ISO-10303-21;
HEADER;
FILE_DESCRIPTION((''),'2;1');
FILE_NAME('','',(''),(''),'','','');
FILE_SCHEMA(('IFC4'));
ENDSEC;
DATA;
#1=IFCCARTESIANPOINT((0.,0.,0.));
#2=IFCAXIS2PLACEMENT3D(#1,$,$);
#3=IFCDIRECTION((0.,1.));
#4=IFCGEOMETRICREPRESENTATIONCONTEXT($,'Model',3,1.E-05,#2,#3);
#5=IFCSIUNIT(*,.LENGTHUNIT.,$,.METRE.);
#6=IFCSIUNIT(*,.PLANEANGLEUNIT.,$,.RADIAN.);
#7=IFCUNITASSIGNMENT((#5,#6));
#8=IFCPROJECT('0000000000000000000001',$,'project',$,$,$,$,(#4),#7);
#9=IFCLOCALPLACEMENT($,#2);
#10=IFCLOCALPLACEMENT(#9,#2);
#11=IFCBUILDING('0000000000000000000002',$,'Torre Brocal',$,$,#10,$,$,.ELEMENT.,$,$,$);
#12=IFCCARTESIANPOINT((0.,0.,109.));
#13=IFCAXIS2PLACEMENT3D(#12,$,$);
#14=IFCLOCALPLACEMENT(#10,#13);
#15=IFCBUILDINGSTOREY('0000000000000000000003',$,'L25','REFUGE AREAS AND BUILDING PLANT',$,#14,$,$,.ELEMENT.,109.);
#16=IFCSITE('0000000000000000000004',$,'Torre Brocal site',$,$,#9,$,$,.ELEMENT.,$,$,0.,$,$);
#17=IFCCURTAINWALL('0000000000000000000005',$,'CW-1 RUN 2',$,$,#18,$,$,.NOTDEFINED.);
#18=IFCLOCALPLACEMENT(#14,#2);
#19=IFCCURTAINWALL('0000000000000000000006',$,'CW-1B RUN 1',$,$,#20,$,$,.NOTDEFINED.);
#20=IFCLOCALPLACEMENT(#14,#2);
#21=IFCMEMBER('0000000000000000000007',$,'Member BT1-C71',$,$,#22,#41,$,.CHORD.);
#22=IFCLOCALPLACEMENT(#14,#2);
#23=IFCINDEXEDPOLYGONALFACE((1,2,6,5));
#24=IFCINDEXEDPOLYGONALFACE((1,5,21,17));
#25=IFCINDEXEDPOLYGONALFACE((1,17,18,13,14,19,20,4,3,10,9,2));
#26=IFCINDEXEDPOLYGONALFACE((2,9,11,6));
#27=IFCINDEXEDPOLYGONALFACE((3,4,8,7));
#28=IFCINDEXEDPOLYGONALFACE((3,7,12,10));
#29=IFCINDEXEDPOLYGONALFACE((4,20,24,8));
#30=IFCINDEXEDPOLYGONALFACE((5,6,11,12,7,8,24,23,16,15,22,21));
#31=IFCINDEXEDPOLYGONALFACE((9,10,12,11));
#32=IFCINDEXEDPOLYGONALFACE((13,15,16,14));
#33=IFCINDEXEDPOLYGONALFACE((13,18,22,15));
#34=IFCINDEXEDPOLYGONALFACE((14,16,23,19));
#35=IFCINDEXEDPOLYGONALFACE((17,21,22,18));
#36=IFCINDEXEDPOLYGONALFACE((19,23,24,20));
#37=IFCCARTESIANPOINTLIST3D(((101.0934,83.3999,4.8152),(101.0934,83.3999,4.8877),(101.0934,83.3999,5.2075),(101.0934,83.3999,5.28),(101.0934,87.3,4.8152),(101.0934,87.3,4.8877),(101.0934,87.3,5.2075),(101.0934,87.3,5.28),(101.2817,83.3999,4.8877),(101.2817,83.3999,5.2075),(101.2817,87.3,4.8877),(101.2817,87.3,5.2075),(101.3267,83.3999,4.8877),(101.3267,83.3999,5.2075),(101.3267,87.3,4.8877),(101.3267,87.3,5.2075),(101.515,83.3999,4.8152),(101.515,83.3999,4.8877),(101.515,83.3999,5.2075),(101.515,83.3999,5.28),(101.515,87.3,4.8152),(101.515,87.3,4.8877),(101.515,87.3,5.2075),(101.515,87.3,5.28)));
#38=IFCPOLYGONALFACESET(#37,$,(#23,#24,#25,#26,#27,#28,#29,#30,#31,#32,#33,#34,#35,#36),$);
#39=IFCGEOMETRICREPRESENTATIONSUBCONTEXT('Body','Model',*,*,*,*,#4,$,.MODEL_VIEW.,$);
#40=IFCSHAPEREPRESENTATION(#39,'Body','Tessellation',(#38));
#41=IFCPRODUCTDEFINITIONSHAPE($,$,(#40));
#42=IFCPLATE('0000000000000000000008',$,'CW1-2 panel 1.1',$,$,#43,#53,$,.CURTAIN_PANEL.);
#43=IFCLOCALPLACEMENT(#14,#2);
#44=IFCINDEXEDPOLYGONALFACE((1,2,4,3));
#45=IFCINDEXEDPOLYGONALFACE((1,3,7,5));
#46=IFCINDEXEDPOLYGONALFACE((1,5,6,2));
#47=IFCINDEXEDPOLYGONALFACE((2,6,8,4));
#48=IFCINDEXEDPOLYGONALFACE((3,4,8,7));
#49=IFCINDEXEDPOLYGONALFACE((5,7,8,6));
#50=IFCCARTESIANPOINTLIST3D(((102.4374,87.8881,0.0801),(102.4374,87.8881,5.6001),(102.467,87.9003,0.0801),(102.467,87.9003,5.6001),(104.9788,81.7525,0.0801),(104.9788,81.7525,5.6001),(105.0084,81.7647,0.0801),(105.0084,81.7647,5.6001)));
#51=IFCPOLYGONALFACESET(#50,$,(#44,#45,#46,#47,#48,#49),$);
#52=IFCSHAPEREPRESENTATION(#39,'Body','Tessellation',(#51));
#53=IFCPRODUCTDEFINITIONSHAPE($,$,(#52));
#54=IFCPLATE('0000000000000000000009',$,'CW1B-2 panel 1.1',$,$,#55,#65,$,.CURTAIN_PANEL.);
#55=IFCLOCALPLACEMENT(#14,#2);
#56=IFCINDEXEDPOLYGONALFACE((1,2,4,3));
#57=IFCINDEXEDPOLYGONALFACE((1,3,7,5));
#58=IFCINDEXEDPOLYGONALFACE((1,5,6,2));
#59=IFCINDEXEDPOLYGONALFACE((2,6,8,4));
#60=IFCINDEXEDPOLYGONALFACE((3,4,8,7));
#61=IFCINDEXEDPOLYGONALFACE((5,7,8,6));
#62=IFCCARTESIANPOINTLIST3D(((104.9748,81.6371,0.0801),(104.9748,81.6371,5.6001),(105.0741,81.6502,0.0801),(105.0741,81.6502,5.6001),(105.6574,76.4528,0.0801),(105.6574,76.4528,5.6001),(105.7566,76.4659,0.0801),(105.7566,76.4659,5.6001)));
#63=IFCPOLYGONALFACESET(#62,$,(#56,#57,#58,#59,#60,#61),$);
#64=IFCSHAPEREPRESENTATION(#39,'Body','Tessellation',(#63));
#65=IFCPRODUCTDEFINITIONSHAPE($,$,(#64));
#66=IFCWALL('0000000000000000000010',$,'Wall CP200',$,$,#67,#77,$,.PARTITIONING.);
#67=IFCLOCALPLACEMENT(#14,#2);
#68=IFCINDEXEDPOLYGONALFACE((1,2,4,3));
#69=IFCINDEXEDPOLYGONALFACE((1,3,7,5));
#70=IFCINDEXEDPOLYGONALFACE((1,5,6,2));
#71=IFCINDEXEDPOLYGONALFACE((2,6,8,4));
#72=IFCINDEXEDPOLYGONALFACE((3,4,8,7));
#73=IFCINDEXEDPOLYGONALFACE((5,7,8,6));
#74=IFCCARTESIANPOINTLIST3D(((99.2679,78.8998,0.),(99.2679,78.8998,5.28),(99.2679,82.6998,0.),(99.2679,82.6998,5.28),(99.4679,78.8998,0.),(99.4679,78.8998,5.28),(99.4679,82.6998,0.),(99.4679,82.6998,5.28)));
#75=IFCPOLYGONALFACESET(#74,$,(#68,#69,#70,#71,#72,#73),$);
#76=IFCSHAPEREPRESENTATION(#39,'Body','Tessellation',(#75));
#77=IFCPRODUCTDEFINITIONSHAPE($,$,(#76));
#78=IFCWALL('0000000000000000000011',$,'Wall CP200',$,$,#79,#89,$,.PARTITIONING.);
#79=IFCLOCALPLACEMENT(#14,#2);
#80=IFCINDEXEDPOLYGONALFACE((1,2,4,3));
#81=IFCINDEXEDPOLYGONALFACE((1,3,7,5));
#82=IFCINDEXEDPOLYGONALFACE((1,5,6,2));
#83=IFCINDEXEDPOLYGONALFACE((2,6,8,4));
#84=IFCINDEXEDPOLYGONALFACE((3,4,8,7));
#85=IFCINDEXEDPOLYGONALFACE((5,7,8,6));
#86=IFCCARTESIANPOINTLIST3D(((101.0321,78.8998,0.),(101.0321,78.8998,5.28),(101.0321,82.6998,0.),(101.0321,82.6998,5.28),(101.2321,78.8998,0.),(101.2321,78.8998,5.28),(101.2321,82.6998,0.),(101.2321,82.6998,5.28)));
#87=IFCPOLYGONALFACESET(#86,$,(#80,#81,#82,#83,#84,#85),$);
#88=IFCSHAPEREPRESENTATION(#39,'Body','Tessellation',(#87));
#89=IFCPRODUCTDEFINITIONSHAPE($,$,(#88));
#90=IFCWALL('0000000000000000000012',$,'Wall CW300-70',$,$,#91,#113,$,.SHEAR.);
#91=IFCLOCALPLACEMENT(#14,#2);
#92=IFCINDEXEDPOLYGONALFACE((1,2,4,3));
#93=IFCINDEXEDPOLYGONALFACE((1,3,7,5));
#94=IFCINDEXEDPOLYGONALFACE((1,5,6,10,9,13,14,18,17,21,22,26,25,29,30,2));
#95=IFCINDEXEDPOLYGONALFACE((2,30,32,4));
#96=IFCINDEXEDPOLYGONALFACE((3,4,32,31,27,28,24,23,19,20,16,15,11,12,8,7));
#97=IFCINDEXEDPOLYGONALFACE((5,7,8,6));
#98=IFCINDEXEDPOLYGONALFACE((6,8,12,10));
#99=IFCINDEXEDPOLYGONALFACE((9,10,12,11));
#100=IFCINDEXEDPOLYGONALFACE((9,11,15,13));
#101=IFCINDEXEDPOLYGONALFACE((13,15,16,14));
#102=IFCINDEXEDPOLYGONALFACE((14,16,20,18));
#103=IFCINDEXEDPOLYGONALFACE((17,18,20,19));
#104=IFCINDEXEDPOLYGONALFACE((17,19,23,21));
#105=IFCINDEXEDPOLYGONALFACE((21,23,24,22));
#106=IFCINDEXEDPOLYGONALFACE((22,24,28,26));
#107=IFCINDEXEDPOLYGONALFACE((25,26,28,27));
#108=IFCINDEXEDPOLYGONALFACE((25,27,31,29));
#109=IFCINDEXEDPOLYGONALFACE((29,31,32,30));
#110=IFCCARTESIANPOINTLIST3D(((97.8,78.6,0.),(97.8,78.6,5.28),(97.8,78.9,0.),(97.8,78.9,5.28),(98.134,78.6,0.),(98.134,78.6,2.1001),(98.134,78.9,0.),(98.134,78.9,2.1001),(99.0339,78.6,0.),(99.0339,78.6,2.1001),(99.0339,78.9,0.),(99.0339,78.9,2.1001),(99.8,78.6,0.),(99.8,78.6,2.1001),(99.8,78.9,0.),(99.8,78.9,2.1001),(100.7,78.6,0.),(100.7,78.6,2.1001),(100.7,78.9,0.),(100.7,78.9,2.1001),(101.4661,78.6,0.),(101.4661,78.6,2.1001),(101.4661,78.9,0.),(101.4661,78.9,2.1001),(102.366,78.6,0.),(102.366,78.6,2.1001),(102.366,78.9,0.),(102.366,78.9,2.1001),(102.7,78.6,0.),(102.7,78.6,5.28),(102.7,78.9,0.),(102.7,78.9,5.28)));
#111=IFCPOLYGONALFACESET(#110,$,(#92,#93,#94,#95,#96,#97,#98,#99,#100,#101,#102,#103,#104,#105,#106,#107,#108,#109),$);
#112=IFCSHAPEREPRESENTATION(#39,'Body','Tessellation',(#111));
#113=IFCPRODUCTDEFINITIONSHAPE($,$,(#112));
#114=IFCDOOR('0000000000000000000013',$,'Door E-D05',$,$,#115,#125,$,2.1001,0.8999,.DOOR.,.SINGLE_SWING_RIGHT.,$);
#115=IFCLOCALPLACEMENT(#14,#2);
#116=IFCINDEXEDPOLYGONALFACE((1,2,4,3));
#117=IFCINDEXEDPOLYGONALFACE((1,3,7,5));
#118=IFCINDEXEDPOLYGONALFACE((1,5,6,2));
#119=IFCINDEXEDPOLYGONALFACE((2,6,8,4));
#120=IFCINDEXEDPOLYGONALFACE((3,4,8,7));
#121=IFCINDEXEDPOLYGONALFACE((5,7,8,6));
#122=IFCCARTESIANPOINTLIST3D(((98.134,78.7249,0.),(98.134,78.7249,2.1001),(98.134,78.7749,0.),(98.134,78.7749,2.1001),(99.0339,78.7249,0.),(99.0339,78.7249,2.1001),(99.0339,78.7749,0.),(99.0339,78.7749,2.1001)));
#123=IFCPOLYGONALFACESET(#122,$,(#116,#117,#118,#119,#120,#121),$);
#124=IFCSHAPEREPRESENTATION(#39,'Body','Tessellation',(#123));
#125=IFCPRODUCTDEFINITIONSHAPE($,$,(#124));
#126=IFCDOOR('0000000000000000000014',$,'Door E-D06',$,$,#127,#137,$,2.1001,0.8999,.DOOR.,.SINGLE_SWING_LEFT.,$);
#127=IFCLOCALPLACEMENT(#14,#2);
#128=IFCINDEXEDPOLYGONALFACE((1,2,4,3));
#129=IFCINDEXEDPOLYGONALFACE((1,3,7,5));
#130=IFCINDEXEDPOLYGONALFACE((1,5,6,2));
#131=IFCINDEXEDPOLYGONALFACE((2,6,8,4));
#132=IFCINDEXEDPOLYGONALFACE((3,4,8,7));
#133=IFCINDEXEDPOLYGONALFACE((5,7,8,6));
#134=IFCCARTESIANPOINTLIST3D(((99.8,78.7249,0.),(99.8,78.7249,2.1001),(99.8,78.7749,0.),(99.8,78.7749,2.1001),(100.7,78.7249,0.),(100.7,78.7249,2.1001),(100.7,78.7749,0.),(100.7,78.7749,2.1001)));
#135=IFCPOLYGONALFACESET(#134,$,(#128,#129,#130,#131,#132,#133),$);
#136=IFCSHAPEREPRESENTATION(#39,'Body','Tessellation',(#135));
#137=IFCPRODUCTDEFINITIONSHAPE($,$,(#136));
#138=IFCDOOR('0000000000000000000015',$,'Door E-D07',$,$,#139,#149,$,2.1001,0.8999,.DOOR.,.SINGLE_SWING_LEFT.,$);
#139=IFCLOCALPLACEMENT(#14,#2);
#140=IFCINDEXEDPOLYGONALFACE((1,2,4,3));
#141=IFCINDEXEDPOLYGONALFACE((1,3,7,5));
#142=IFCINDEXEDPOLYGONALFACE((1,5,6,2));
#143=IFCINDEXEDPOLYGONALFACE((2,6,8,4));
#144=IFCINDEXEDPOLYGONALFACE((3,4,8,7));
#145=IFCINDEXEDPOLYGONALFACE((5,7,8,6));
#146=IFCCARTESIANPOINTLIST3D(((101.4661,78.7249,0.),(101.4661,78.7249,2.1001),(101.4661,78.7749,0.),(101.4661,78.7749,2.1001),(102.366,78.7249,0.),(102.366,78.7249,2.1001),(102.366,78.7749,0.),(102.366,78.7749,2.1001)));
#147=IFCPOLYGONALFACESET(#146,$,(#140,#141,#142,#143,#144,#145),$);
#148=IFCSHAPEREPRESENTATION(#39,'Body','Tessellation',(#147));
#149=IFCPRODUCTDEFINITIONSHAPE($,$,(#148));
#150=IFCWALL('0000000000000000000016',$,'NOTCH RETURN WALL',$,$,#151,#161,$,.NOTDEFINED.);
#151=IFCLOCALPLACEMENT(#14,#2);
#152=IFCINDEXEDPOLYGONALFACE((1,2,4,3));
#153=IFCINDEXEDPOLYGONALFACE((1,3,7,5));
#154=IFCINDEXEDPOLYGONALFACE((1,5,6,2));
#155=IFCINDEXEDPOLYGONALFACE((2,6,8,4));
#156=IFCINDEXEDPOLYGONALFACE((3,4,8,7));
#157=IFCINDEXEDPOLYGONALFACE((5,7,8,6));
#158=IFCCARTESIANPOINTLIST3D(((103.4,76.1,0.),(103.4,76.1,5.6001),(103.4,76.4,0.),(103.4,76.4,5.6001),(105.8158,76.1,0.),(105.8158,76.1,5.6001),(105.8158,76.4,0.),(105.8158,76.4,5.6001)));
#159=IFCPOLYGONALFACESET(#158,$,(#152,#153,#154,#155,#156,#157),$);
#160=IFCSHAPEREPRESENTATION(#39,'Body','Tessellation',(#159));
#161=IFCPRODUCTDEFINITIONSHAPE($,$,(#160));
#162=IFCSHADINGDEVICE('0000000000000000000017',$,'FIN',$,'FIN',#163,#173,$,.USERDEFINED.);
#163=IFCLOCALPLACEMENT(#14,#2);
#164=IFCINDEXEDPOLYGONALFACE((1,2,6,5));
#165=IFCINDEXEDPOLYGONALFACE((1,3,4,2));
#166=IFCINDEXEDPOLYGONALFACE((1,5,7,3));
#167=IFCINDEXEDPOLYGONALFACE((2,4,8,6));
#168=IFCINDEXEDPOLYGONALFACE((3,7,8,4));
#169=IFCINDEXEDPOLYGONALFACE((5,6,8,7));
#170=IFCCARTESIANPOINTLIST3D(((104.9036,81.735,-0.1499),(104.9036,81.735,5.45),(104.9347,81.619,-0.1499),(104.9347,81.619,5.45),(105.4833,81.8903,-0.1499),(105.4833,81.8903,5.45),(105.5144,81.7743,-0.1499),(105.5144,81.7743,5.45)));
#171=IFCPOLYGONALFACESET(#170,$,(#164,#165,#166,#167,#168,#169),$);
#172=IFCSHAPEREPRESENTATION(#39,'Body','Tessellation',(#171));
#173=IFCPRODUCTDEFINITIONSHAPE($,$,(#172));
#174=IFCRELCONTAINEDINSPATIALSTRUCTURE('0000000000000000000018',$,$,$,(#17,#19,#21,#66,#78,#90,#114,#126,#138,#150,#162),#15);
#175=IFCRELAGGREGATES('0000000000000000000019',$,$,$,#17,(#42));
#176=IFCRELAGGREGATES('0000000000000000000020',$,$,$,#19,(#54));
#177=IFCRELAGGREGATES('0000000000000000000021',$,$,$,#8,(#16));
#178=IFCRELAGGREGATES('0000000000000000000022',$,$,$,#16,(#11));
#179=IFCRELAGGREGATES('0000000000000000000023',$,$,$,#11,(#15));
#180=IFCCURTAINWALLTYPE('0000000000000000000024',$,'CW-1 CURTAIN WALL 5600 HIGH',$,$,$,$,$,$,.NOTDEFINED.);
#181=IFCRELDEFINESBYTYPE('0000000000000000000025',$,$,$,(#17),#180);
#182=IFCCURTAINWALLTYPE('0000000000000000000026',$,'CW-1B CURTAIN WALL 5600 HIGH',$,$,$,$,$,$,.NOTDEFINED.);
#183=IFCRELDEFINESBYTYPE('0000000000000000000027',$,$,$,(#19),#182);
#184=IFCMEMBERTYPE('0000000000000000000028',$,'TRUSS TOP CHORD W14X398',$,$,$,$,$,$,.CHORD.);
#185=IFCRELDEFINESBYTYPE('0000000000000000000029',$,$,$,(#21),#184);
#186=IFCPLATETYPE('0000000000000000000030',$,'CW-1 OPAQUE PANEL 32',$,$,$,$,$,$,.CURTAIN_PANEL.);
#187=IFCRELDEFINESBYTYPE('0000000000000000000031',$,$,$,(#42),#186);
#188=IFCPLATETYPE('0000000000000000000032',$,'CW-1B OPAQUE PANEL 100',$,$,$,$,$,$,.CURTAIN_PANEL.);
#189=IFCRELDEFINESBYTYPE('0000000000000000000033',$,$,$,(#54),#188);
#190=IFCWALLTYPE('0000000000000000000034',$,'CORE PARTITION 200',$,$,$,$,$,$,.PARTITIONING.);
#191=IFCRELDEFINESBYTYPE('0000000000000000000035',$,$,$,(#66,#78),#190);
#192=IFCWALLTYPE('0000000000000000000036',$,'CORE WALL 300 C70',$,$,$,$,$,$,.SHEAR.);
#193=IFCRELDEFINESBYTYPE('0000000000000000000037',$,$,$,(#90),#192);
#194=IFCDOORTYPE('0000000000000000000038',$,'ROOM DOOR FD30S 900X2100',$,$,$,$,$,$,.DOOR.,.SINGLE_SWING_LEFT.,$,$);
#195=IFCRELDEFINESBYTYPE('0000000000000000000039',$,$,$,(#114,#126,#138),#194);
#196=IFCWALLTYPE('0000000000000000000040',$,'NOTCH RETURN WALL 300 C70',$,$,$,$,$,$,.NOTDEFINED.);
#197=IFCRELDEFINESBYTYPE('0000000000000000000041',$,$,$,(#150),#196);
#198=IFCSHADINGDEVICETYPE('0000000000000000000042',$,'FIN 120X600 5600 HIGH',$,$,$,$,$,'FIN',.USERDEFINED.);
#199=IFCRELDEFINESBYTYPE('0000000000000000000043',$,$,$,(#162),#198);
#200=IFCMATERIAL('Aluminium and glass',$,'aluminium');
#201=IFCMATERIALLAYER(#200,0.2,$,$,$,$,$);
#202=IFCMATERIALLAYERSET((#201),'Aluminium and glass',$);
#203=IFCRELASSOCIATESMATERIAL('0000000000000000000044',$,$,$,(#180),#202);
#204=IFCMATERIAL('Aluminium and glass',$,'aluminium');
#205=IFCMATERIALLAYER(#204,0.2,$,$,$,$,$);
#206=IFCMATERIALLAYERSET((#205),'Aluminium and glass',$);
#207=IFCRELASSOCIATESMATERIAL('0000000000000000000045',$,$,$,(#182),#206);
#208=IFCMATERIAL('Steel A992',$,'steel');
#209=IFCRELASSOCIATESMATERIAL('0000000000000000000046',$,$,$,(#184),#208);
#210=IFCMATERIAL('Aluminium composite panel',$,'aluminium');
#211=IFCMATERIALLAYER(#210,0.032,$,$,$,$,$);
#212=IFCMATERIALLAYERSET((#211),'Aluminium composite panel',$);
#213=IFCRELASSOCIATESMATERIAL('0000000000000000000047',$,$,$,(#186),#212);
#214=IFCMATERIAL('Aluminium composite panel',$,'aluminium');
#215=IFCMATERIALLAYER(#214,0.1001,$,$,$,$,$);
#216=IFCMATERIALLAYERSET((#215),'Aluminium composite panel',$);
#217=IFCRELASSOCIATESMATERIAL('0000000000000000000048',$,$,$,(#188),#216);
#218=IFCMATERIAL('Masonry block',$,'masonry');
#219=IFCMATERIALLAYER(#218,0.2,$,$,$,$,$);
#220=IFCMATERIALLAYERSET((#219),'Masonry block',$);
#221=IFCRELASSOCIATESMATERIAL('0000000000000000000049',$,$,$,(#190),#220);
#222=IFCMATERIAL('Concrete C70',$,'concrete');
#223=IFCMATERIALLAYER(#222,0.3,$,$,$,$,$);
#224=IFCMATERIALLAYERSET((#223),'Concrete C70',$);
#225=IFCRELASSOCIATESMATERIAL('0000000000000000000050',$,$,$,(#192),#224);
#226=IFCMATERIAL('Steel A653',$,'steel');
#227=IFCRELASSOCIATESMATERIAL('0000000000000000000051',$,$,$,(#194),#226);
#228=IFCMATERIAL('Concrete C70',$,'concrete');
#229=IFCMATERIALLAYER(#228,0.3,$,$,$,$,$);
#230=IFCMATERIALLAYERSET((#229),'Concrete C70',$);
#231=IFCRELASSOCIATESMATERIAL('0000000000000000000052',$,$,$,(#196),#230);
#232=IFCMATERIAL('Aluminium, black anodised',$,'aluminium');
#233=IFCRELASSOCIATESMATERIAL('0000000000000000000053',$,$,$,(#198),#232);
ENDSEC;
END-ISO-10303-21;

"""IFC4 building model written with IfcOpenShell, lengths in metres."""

from ifc_helpers import new_model, si_unit, direction, frame, frame_2d, origin, origin_2d, place, context, subcontext, project, spatial, rectangle, i_section, extrude, material, layer, layer_set, material_profile, profile_set, type_object, element, fill, aggregate, save


model = new_model("IFC4")

# Units and contexts
model_context = context("Model", 3, precision=1e-05, world=origin(), true_north=direction((0.0, 1.0)))
body_context = subcontext(model_context, "Body", "Model", "MODEL_VIEW")
ifc_project = project(units=[si_unit("LENGTHUNIT", "METRE"), si_unit("PLANEANGLEUNIT", "RADIAN")], contexts=[model_context])

# Site, building, storey
site_placement = place(None, origin())
site = spatial("IfcSite", under=ifc_project, at=site_placement, Name="Torre Brocal site", CompositionType="ELEMENT", RefElevation=0.0)
building_placement = place(site_placement, origin())
building = spatial("IfcBuilding", under=site, at=building_placement, Name="Torre Brocal", CompositionType="ELEMENT")
storey_placement = place(building_placement, frame((0.0, 0.0, 109.0)))
storey = spatial("IfcBuildingStorey", under=building, at=storey_placement, Name="L25", Description="REFUGE AREAS AND BUILDING PLANT", CompositionType="ELEMENT", Elevation=109.0)

# Curtain walls
ifc_material_1 = material(Name="Aluminium and glass", Category="aluminium")
ifc_layer_1 = layer(ifc_material_1, 0.2)
ifc_layer_set_1 = layer_set([ifc_layer_1], Name="Aluminium and glass")
curtain_wall_type_1 = type_object("IfcCurtainWallType", Name="CW-1 CURTAIN WALL 5600 HIGH", PredefinedType="NOTDEFINED", material=ifc_layer_set_1)
curtain_wall_1_placement = place(storey_placement, origin())
curtain_wall_1 = element("IfcCurtainWall", 1, at=curtain_wall_1_placement, inside=storey, type_object=curtain_wall_type_1, Name="CW-1 RUN 2", PredefinedType="NOTDEFINED")
ifc_material_2 = material(Name="Aluminium and glass", Category="aluminium")
ifc_layer_2 = layer(ifc_material_2, 0.2)
ifc_layer_set_2 = layer_set([ifc_layer_2], Name="Aluminium and glass")
curtain_wall_type_2 = type_object("IfcCurtainWallType", Name="CW-1B CURTAIN WALL 5600 HIGH", PredefinedType="NOTDEFINED", material=ifc_layer_set_2)
curtain_wall_2_placement = place(storey_placement, origin())
curtain_wall_2 = element("IfcCurtainWall", 2, at=curtain_wall_2_placement, inside=storey, type_object=curtain_wall_type_2, Name="CW-1B RUN 1", PredefinedType="NOTDEFINED")

# Member
ifc_material_3 = material(Name="Steel A992", Category="steel")
ifc_material_profile_1 = material_profile(ifc_material_3, i_section(OverallWidth=0.4216, OverallDepth=0.4648, WebThickness=0.0449, FlangeThickness=0.0725, at=origin_2d()), Name="W14X398")
ifc_profile_set_1 = profile_set([ifc_material_profile_1], Name="Steel A992")
member_type_1 = type_object("IfcMemberType", Name="TRUSS TOP CHORD W14X398", PredefinedType="CHORD", material=ifc_profile_set_1)
member_1_placement = place(storey_placement, frame((101.3042, 87.3, 5.0476), z_axis=(0.0, -1.0, 0.0), x_axis=(1.0, 0.0, 0.0)))
element("IfcMember", 3, at=member_1_placement, inside=storey, type_object=member_type_1, Name="Member BT1-C71", PredefinedType="CHORD", context=body_context, shape_type="SweptSolid", body=[
    extrude(i_section(OverallWidth=0.4216, OverallDepth=0.4648, WebThickness=0.0449, FlangeThickness=0.0725, at=origin_2d()), origin(), (0.0, 0.0, 1.0), 3.9001),
])

# Plates
ifc_material_4 = material(Name="Aluminium composite panel", Category="aluminium")
ifc_layer_3 = layer(ifc_material_4, 0.032)
ifc_layer_set_3 = layer_set([ifc_layer_3], Name="Aluminium composite panel")
plate_type_1 = type_object("IfcPlateType", Name="CW-1 OPAQUE PANEL 32", PredefinedType="CURTAIN_PANEL", material=ifc_layer_set_3)
plate_1_placement = place(storey_placement, frame((103.7229, 84.8264, 0.0801), z_axis=(0.0, 0.0, 1.0), x_axis=(-0.382683, 0.92388, 0.0)))
plate_1 = element("IfcPlate", 4, at=plate_1_placement, type_object=plate_type_1, Name="CW1-2 panel 1.1", PredefinedType="CURTAIN_PANEL", context=body_context, shape_type="SweptSolid", body=[
    extrude(rectangle(XDim=6.6411, YDim=0.032, at=origin_2d()), origin(), (0.0, 0.0, 1.0), 5.52),
])
aggregate(curtain_wall_1, [plate_1])
ifc_material_5 = material(Name="Aluminium composite panel", Category="aluminium")
ifc_layer_4 = layer(ifc_material_5, 0.1001)
ifc_layer_set_4 = layer_set([ifc_layer_4], Name="Aluminium composite panel")
plate_type_2 = type_object("IfcPlateType", Name="CW-1B OPAQUE PANEL 100", PredefinedType="CURTAIN_PANEL", material=ifc_layer_set_4)
plate_2_placement = place(storey_placement, frame((105.3657, 79.0515, 0.0801), z_axis=(0.0, 0.0, 1.0), x_axis=(-0.130526, 0.991445, 0.0)))
plate_2 = element("IfcPlate", 5, at=plate_2_placement, type_object=plate_type_2, Name="CW1B-2 panel 1.1", PredefinedType="CURTAIN_PANEL", context=body_context, shape_type="SweptSolid", body=[
    extrude(rectangle(XDim=5.229, YDim=0.1001, at=origin_2d()), origin(), (0.0, 0.0, 1.0), 5.52),
])
aggregate(curtain_wall_2, [plate_2])

# Walls
ifc_material_6 = material(Name="Masonry block", Category="masonry")
ifc_layer_5 = layer(ifc_material_6, 0.2)
ifc_layer_set_5 = layer_set([ifc_layer_5], Name="Masonry block")
wall_type_1 = type_object("IfcWallType", Name="CORE PARTITION 200", PredefinedType="PARTITIONING", material=ifc_layer_set_5)
for number, where, z_axis, x_axis, name in (
    (6, (99.3679, 78.8999, 0.0), (0.0, 0.0, 1.0), (0.0, 1.0, 0.0), "Wall CP200"),
    (7, (101.1321, 78.8999, 0.0), (0.0, 0.0, 1.0), (0.0, 1.0, 0.0), "Wall CP200"),
):
    element("IfcWall", number, at=place(storey_placement, frame(where, z_axis=z_axis, x_axis=x_axis)), inside=storey, type_object=wall_type_1, Name=name, PredefinedType="PARTITIONING", context=body_context, shape_type="SweptSolid", body=[
        extrude(rectangle(XDim=3.8, YDim=0.2, at=frame_2d((1.8999, 0.0))), origin(), (0.0, 0.0, 1.0), 5.28),
    ])

# Wall, openings, doors
ifc_material_7 = material(Name="Concrete C70", Category="concrete")
ifc_layer_6 = layer(ifc_material_7, 0.3)
ifc_layer_set_6 = layer_set([ifc_layer_6], Name="Concrete C70")
wall_type_2 = type_object("IfcWallType", Name="CORE WALL 300 C70", PredefinedType="SHEAR", material=ifc_layer_set_6)
wall_1_placement = place(storey_placement, frame((97.8, 78.75, 0.0), z_axis=(0.0, 0.0, 1.0), x_axis=(1.0, 0.0, 0.0)))
wall_1 = element("IfcWall", 8, at=wall_1_placement, inside=storey, type_object=wall_type_2, Name="Wall CW300-70", PredefinedType="SHEAR", context=body_context, shape_type="SweptSolid", body=[
    extrude(rectangle(XDim=4.8999, YDim=0.3, at=frame_2d((2.45, 0.0))), origin(), (0.0, 0.0, 1.0), 5.28),
])
opening_1_placement = place(wall_1_placement, frame((0.334, 0.0, 0.0)))
opening_1 = element("IfcOpeningElement", 9, at=opening_1_placement, cuts=wall_1, PredefinedType="OPENING", context=body_context, shape_type="SweptSolid", body=[
    extrude(rectangle(XDim=0.8999, YDim=2.1001, at=frame_2d((0.45, 1.05))), frame((0.0, 0.1599, 0.0), z_axis=(0.0, -1.0, 0.0), x_axis=(1.0, 0.0, 0.0)), (0.0, 0.0, 1.0), 0.3201),
])
opening_2_placement = place(wall_1_placement, frame((2.0, 0.0, 0.0)))
opening_2 = element("IfcOpeningElement", 10, at=opening_2_placement, cuts=wall_1, PredefinedType="OPENING", context=body_context, shape_type="SweptSolid", body=[
    extrude(rectangle(XDim=0.8999, YDim=2.1001, at=frame_2d((0.45, 1.05))), frame((0.0, 0.1599, 0.0), z_axis=(0.0, -1.0, 0.0), x_axis=(1.0, 0.0, 0.0)), (0.0, 0.0, 1.0), 0.3201),
])
opening_3_placement = place(wall_1_placement, frame((3.666, 0.0, 0.0)))
opening_3 = element("IfcOpeningElement", 11, at=opening_3_placement, cuts=wall_1, PredefinedType="OPENING", context=body_context, shape_type="SweptSolid", body=[
    extrude(rectangle(XDim=0.8999, YDim=2.1001, at=frame_2d((0.45, 1.05))), frame((0.0, 0.1599, 0.0), z_axis=(0.0, -1.0, 0.0), x_axis=(1.0, 0.0, 0.0)), (0.0, 0.0, 1.0), 0.3201),
])
ifc_material_8 = material(Name="Steel A653", Category="steel")
door_type = type_object("IfcDoorType", Name="ROOM DOOR FD30S 900X2100", OperationType="SINGLE_SWING_LEFT", PredefinedType="DOOR", material=ifc_material_8)
door_1_placement = place(opening_1_placement, origin())
door_1 = element("IfcDoor", 12, at=door_1_placement, inside=storey, type_object=door_type, Name="Door E-D05", OperationType="SINGLE_SWING_RIGHT", OverallHeight=2.1001, OverallWidth=0.8999, PredefinedType="DOOR", context=body_context, shape_type="SweptSolid", body=[
    extrude(rectangle(XDim=0.8999, YDim=2.1001, at=frame_2d((0.45, 1.05))), frame((0.0, 0.0249, 0.0), z_axis=(0.0, -1.0, 0.0), x_axis=(1.0, 0.0, 0.0)), (0.0, 0.0, 1.0), 0.05),
])
fill(opening_1, door_1)
door_2_placement = place(opening_2_placement, origin())
door_2 = element("IfcDoor", 13, at=door_2_placement, inside=storey, type_object=door_type, Name="Door E-D06", OperationType="SINGLE_SWING_LEFT", OverallHeight=2.1001, OverallWidth=0.8999, PredefinedType="DOOR", context=body_context, shape_type="SweptSolid", body=[
    extrude(rectangle(XDim=0.8999, YDim=2.1001, at=frame_2d((0.45, 1.05))), frame((0.0, 0.0249, 0.0), z_axis=(0.0, -1.0, 0.0), x_axis=(1.0, 0.0, 0.0)), (0.0, 0.0, 1.0), 0.05),
])
fill(opening_2, door_2)
door_3_placement = place(opening_3_placement, origin())
door_3 = element("IfcDoor", 14, at=door_3_placement, inside=storey, type_object=door_type, Name="Door E-D07", OperationType="SINGLE_SWING_LEFT", OverallHeight=2.1001, OverallWidth=0.8999, PredefinedType="DOOR", context=body_context, shape_type="SweptSolid", body=[
    extrude(rectangle(XDim=0.8999, YDim=2.1001, at=frame_2d((0.45, 1.05))), frame((0.0, 0.0249, 0.0), z_axis=(0.0, -1.0, 0.0), x_axis=(1.0, 0.0, 0.0)), (0.0, 0.0, 1.0), 0.05),
])
fill(opening_3, door_3)

# Wall
ifc_material_9 = material(Name="Concrete C70", Category="concrete")
ifc_layer_7 = layer(ifc_material_9, 0.3)
ifc_layer_set_7 = layer_set([ifc_layer_7], Name="Concrete C70")
wall_type_3 = type_object("IfcWallType", Name="NOTCH RETURN WALL 300 C70", PredefinedType="NOTDEFINED", material=ifc_layer_set_7)
wall_2_placement = place(storey_placement, frame((103.3999, 76.25, 0.0), z_axis=(0.0, 0.0, 1.0), x_axis=(1.0, 0.0, 0.0)))
element("IfcWall", 15, at=wall_2_placement, inside=storey, type_object=wall_type_3, Name="NOTCH RETURN WALL", PredefinedType="NOTDEFINED", context=body_context, shape_type="SweptSolid", body=[
    extrude(rectangle(XDim=2.4158, YDim=0.3, at=frame_2d((1.208, 0.0))), origin(), (0.0, 0.0, 1.0), 5.6001),
])

# Shading device
ifc_material_10 = material(Name="Aluminium, black anodised", Category="aluminium")
ifc_material_profile_2 = material_profile(ifc_material_10, rectangle(XDim=0.1201, YDim=0.6001, at=origin_2d()), Name="FIN 120X600 5600 HIGH")
ifc_profile_set_2 = profile_set([ifc_material_profile_2], Name="Aluminium, black anodised")
shading_device_type = type_object("IfcShadingDeviceType", Name="FIN 120X600 5600 HIGH", ElementType="FIN", PredefinedType="USERDEFINED", material=ifc_profile_set_2)
shading_device_placement = place(storey_placement, frame((105.209, 81.7546, -0.1499), z_axis=(0.0, 0.0, 1.0), x_axis=(-0.258819, 0.965926, 0.0)))
element("IfcShadingDevice", 16, at=shading_device_placement, inside=storey, type_object=shading_device_type, Name="FIN", ObjectType="FIN", PredefinedType="USERDEFINED", context=body_context, shape_type="SweptSolid", body=[
    extrude(rectangle(XDim=0.1201, YDim=0.6001, at=origin_2d()), origin(), (0.0, 0.0, 1.0), 5.5999),
])

save(model, "model.ifc")
